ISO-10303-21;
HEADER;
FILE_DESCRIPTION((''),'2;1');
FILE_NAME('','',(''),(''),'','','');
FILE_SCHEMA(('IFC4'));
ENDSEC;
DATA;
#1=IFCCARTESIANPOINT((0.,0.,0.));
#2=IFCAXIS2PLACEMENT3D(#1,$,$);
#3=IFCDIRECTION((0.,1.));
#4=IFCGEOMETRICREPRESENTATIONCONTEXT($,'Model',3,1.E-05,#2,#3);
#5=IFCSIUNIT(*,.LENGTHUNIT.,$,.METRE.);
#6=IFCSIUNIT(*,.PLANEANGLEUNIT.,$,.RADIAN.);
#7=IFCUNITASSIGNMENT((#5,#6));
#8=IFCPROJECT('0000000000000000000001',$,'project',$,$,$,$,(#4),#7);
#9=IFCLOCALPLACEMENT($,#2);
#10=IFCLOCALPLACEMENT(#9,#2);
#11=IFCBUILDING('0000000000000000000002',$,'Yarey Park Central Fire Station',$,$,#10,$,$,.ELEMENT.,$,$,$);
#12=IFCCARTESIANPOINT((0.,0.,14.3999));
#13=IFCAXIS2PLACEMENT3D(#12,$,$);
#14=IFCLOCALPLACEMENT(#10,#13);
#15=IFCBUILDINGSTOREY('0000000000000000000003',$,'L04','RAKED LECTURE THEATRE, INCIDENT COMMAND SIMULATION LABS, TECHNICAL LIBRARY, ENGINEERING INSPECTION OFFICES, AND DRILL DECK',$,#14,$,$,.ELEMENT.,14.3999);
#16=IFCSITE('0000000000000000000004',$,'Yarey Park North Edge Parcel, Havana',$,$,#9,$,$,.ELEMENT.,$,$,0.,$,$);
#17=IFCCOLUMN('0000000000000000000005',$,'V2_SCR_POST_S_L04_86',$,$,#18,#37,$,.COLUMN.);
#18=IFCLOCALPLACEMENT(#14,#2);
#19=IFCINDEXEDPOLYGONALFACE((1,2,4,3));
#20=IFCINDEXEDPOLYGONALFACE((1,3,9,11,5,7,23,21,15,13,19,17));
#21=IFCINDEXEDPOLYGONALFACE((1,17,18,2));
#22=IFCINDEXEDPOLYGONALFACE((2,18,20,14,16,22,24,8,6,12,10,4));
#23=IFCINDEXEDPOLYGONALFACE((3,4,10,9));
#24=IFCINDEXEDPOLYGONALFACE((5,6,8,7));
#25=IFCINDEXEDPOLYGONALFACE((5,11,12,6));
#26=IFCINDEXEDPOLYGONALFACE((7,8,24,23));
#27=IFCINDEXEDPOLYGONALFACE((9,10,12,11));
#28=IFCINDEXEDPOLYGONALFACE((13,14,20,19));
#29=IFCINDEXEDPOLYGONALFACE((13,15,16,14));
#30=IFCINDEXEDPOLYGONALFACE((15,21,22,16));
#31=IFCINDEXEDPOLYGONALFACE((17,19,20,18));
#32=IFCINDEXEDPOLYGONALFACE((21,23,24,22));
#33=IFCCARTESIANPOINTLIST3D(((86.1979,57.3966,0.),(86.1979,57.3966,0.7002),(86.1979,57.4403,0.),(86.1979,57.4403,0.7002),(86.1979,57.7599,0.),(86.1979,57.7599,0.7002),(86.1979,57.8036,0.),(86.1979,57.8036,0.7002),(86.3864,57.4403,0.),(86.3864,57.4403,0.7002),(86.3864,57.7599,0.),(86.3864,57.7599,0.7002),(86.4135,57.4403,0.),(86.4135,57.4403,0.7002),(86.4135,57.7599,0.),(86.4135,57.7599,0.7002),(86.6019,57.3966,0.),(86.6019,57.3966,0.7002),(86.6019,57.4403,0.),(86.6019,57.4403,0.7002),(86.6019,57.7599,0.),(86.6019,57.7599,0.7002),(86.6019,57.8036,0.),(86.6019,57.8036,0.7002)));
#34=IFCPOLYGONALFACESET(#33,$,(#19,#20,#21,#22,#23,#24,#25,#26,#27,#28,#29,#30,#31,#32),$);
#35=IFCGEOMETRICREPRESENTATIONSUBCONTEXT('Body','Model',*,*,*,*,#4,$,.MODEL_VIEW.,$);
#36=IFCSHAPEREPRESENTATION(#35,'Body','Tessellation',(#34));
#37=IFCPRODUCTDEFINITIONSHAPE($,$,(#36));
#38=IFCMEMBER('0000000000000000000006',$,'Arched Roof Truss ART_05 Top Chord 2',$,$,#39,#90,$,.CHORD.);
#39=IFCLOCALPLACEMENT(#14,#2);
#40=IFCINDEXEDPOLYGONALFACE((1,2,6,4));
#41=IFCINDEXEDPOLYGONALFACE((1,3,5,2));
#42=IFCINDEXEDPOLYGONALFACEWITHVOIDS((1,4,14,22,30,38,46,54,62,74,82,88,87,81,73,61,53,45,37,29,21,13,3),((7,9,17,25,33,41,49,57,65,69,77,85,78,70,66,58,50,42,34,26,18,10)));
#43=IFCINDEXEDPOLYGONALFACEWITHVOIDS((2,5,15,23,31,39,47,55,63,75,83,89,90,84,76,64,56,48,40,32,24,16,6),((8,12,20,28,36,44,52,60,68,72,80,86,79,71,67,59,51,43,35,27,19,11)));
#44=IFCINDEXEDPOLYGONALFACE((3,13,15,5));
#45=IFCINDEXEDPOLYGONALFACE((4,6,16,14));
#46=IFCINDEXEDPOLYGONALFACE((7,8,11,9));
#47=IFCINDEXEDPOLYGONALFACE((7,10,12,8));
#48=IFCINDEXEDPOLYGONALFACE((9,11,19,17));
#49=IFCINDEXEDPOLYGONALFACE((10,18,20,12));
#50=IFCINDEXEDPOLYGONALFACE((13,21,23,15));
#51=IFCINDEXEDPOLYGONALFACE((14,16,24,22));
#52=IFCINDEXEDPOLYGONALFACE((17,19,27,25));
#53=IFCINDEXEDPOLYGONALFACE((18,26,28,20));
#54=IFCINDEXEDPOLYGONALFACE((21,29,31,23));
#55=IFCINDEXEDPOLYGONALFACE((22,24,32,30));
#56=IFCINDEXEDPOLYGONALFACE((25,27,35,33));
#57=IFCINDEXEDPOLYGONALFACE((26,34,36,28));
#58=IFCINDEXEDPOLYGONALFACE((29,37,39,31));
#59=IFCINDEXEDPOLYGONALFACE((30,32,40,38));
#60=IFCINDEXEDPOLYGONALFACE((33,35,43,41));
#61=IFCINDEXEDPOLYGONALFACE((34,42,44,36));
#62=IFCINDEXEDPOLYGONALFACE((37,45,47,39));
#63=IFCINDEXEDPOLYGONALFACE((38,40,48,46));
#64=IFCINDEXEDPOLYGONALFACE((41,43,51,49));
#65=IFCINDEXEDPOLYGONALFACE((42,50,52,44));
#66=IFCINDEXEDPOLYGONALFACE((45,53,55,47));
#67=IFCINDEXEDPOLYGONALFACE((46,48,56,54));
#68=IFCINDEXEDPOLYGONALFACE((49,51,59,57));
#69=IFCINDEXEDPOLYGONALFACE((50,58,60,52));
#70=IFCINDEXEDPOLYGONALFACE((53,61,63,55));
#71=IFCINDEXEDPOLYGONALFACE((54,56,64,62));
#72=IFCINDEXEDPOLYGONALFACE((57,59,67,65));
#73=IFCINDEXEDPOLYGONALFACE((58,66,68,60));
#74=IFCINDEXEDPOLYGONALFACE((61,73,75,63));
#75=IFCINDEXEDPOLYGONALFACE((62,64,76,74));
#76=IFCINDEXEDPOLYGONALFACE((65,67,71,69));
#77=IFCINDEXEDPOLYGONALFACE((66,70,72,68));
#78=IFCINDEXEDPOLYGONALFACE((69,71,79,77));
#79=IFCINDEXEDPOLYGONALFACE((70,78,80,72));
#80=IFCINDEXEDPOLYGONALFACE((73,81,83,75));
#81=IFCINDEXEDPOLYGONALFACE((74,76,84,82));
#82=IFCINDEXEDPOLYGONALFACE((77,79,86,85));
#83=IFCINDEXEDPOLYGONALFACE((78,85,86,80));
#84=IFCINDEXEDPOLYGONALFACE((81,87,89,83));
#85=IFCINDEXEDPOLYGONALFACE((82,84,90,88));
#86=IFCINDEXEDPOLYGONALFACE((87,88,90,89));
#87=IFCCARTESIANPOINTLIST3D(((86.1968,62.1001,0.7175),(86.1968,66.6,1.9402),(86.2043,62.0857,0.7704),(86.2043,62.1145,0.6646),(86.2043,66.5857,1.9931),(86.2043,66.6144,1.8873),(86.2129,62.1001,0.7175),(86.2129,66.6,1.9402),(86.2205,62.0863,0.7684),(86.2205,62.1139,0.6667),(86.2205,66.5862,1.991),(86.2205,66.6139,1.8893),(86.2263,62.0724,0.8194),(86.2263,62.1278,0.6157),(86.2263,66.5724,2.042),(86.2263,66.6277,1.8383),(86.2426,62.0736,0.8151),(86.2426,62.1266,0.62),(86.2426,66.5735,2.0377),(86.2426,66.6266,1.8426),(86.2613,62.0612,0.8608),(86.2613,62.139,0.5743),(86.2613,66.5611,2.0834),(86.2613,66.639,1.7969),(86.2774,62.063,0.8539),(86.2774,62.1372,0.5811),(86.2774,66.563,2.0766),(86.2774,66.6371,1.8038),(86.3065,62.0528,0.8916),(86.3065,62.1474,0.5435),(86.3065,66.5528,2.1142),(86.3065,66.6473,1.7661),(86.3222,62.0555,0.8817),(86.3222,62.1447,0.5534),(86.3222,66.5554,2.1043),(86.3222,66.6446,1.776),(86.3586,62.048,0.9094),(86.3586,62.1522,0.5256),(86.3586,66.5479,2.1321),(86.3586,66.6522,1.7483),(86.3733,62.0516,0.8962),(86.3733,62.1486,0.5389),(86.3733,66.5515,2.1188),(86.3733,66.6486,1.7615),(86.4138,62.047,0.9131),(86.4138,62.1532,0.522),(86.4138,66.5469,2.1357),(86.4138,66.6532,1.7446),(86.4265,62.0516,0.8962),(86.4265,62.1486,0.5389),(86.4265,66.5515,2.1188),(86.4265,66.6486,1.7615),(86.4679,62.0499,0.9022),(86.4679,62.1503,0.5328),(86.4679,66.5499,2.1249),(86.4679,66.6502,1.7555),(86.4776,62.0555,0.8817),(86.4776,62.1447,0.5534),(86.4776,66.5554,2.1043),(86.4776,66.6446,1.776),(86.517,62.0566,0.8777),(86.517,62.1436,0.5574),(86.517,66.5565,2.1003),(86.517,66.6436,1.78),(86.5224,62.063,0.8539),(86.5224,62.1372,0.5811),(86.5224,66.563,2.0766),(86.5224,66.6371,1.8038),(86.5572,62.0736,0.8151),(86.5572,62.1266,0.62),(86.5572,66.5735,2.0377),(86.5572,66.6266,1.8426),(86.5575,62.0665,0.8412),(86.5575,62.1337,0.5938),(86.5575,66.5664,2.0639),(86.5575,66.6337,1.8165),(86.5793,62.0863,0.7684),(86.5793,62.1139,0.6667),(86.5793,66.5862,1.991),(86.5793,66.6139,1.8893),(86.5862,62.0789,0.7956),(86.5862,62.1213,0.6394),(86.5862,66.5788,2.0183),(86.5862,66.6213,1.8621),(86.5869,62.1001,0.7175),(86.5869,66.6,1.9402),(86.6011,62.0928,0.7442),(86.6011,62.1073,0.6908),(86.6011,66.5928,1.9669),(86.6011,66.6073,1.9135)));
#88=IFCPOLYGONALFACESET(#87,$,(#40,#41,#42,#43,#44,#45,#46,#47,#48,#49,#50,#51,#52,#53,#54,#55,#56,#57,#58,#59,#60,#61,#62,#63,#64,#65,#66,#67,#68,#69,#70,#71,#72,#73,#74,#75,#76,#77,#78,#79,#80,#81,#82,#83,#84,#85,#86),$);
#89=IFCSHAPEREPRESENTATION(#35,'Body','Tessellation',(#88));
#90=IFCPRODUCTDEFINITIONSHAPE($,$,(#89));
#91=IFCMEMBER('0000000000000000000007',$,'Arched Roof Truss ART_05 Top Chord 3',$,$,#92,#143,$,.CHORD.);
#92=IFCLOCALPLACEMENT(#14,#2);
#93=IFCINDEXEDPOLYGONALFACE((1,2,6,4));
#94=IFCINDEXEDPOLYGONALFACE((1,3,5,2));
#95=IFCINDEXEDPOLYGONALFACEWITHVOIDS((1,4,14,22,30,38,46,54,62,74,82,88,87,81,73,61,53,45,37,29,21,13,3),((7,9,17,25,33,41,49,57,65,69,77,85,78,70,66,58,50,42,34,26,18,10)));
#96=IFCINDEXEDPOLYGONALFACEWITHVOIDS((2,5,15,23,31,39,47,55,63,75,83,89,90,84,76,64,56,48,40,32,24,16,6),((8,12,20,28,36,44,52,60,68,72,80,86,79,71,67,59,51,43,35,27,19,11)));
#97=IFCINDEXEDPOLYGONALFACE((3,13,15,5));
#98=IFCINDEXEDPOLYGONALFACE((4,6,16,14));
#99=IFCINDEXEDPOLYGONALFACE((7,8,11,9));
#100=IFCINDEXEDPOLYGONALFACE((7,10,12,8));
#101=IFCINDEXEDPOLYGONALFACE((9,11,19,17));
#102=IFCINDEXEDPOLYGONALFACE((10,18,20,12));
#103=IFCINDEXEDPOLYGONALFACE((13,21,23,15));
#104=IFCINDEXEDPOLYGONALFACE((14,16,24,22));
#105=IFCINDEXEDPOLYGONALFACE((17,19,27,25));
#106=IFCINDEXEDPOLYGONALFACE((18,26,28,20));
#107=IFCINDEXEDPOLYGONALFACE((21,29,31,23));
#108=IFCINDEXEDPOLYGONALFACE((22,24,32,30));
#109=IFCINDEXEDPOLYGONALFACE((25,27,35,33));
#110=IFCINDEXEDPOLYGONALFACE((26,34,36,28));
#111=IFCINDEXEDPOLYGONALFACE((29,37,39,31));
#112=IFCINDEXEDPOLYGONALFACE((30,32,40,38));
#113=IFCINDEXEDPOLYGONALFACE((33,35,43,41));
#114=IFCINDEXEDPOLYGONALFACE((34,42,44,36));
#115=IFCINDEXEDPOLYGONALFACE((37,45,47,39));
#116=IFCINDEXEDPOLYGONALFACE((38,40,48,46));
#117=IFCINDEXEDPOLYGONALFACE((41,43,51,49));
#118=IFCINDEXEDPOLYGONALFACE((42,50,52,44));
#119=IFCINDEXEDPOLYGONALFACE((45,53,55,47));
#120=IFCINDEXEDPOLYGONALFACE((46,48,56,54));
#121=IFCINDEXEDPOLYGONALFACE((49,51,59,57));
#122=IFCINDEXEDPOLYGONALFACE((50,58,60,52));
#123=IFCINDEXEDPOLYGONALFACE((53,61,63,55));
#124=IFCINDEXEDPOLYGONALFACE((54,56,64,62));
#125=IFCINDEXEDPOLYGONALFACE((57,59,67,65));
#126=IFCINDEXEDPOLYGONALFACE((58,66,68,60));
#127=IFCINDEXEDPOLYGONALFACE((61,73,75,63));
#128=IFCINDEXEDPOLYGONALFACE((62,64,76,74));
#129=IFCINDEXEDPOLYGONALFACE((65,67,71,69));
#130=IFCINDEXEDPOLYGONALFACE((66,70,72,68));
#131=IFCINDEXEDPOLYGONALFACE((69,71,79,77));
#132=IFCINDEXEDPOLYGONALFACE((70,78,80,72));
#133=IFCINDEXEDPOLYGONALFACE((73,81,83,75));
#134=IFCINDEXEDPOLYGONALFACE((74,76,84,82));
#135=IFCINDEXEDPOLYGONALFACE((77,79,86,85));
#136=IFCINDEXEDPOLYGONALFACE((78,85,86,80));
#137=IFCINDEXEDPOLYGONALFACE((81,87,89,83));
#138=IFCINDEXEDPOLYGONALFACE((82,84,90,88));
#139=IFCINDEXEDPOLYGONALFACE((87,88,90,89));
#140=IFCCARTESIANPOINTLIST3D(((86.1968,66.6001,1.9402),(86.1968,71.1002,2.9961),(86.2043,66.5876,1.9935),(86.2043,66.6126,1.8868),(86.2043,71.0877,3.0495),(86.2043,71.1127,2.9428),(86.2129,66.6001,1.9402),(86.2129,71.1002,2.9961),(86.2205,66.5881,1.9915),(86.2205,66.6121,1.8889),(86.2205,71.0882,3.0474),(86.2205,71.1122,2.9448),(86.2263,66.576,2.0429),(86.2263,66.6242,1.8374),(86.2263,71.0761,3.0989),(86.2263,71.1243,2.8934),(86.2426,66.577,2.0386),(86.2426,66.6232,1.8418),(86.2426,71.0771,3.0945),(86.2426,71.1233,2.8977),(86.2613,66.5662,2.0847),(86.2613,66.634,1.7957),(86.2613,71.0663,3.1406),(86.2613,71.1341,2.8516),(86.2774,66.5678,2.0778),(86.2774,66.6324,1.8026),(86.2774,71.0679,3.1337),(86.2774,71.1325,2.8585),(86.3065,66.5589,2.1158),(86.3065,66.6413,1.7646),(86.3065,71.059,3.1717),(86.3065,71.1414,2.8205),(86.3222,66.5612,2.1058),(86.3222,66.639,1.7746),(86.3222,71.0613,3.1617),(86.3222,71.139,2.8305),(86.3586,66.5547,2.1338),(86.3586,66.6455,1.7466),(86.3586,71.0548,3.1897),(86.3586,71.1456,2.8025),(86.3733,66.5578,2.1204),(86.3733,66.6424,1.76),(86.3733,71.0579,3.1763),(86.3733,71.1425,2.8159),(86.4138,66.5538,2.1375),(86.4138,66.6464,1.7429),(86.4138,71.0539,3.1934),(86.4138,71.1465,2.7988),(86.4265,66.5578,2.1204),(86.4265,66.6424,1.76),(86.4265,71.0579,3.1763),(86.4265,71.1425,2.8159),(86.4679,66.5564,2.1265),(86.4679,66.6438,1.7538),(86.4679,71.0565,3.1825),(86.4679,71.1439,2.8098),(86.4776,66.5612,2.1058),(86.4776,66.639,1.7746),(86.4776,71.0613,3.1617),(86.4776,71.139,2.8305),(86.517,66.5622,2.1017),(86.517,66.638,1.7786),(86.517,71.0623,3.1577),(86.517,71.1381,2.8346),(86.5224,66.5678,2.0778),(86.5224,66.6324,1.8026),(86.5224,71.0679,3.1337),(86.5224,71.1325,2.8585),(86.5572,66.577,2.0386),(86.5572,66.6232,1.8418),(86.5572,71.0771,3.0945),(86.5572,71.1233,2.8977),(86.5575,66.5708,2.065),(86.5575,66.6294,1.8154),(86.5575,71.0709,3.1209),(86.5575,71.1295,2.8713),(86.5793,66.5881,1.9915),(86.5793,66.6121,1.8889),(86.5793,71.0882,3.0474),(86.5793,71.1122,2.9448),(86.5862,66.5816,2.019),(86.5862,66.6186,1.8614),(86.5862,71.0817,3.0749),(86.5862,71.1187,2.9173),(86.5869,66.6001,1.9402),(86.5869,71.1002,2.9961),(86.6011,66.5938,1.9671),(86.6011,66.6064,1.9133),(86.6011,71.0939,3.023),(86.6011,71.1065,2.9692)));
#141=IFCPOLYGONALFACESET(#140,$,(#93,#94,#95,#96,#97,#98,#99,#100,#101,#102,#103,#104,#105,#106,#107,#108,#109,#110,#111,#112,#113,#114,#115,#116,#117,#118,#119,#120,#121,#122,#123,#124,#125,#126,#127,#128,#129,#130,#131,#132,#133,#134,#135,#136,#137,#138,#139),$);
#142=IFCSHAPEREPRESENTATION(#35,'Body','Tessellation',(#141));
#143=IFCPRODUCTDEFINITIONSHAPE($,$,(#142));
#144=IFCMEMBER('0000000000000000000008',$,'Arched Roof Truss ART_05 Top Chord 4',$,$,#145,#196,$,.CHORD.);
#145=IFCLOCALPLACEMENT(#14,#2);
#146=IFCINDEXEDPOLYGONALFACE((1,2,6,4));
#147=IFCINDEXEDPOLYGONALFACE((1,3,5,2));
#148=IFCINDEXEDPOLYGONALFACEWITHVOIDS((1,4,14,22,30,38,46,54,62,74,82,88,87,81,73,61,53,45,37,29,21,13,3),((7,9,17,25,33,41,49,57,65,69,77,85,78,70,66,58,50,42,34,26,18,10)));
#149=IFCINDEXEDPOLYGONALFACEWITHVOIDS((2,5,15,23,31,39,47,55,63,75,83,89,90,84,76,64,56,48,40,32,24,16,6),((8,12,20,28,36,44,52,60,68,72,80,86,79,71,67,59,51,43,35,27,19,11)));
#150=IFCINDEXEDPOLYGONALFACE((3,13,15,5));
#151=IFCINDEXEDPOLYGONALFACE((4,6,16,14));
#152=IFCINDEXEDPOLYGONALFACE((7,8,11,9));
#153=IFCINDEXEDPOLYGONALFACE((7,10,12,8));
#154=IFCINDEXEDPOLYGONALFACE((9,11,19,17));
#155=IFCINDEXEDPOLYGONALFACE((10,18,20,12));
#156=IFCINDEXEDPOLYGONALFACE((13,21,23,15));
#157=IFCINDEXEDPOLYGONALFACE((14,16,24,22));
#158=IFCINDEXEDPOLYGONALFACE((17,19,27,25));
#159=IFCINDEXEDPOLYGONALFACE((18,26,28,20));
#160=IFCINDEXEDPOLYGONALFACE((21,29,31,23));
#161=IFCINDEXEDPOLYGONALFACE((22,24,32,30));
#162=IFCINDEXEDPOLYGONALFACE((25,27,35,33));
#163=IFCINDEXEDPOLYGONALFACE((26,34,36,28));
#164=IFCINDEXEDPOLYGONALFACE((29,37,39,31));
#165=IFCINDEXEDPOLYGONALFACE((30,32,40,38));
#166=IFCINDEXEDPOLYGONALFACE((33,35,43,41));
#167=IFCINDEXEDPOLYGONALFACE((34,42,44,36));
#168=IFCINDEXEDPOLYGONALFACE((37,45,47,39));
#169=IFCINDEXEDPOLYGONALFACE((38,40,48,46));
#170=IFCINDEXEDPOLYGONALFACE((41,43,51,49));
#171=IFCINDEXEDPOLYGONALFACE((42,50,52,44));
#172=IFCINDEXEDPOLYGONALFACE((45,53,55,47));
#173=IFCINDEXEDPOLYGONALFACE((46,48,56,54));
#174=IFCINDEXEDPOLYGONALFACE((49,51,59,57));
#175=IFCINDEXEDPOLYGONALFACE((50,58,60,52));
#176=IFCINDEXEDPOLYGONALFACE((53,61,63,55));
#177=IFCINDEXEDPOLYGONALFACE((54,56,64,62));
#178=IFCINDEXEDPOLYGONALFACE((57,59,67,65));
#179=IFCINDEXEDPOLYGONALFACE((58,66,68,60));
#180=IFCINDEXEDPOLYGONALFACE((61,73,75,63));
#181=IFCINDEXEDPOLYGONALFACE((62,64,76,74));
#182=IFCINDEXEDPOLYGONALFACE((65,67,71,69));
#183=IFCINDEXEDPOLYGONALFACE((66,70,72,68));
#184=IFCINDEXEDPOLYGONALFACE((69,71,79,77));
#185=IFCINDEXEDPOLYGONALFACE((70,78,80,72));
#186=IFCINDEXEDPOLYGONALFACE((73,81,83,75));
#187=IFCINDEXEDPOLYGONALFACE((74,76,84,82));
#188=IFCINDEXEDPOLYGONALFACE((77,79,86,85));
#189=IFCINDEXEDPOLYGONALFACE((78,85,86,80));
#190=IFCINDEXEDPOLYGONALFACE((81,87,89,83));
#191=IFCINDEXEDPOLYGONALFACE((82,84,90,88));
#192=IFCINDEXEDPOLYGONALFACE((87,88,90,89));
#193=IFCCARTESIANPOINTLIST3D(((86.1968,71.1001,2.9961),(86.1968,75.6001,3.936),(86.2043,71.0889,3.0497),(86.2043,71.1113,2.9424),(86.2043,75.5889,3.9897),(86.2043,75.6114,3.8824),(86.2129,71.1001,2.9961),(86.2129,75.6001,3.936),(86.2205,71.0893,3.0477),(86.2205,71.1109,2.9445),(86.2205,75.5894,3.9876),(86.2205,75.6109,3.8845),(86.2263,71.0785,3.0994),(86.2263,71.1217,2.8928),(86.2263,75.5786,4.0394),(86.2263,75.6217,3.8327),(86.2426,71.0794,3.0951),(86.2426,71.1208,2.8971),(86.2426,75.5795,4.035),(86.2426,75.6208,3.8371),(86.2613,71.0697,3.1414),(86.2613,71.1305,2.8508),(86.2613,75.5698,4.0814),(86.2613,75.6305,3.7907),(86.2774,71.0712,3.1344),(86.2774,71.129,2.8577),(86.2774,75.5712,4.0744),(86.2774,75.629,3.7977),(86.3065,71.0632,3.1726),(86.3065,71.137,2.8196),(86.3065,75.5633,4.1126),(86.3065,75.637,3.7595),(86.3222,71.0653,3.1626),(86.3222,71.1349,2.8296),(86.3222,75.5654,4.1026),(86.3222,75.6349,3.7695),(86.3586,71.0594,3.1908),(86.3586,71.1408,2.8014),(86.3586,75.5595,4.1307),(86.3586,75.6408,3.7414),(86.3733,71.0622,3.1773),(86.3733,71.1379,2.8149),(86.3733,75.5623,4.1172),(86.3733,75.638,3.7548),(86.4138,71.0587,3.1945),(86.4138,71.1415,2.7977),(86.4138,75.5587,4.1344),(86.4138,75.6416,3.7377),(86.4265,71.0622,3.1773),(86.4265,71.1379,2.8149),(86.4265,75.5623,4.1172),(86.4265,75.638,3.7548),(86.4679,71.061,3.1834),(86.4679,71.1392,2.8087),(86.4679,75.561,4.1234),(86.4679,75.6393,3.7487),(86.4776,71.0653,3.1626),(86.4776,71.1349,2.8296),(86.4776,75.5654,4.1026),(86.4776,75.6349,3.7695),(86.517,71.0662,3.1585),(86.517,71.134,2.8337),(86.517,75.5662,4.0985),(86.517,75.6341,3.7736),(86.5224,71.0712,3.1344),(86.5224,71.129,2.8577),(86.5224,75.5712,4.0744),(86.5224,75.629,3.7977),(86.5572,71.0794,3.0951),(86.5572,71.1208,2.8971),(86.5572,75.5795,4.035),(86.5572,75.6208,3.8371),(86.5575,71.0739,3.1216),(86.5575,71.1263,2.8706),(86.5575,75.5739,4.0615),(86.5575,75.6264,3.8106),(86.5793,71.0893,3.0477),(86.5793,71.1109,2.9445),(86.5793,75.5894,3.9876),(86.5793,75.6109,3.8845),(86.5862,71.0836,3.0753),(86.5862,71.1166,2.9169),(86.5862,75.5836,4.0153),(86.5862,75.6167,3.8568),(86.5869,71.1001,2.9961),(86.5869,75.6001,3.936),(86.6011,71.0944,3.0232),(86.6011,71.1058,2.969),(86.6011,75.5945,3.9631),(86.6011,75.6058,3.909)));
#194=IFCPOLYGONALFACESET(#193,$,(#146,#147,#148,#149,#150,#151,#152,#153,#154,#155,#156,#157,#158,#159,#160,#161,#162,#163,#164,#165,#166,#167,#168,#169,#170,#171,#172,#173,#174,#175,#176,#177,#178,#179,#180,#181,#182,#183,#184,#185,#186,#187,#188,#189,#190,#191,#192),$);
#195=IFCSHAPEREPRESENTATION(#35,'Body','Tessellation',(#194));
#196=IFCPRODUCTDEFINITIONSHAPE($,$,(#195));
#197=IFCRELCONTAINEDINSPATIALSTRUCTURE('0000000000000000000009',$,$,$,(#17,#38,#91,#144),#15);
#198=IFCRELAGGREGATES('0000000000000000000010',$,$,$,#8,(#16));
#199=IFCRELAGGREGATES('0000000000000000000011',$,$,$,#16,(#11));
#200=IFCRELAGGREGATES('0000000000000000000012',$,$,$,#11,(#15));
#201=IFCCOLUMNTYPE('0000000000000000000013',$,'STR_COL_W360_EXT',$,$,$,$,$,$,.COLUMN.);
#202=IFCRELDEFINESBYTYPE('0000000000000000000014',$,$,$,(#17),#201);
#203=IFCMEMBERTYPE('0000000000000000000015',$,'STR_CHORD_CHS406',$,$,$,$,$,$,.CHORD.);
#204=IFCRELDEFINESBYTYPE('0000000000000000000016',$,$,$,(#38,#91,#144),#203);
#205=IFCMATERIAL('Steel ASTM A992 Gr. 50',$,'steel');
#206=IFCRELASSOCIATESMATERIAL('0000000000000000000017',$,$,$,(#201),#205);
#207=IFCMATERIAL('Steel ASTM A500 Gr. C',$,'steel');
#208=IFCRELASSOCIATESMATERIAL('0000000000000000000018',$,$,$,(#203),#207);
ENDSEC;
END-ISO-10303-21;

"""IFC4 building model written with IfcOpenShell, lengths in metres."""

from ifc_helpers import new_model, si_unit, direction, frame, origin, origin_2d, place, context, subcontext, project, spatial, hollow_circle, i_section, extrude, material, material_profile, profile_set, type_object, element, save


model = new_model("IFC4")

# Units and contexts
model_context = context("Model", 3, precision=1e-05, world=origin(), true_north=direction((0.0, 1.0)))
body_context = subcontext(model_context, "Body", "Model", "MODEL_VIEW")
ifc_project = project(units=[si_unit("LENGTHUNIT", "METRE"), si_unit("PLANEANGLEUNIT", "RADIAN")], contexts=[model_context])

# Site, building, storey
site_placement = place(None, origin())
site = spatial("IfcSite", under=ifc_project, at=site_placement, Name="Yarey Park North Edge Parcel, Havana", CompositionType="ELEMENT", RefElevation=0.0)
building_placement = place(site_placement, origin())
building = spatial("IfcBuilding", under=site, at=building_placement, Name="Yarey Park Central Fire Station", CompositionType="ELEMENT")
storey_placement = place(building_placement, frame((0.0, 0.0, 14.3999)))
storey = spatial("IfcBuildingStorey", under=building, at=storey_placement, Name="L04", Description="RAKED LECTURE THEATRE, INCIDENT COMMAND SIMULATION LABS, TECHNICAL LIBRARY, ENGINEERING INSPECTION OFFICES, AND DRILL DECK", CompositionType="ELEMENT", Elevation=14.3999)

# Column
ifc_material_1 = material(Name="Steel ASTM A992 Gr. 50", Category="steel")
ifc_material_profile_1 = material_profile(ifc_material_1, i_section(OverallWidth=0.4041, OverallDepth=0.407, WebThickness=0.0271, FlangeThickness=0.0437, at=origin_2d()), Name="W360x347")
ifc_profile_set_1 = profile_set([ifc_material_profile_1], Name="Steel ASTM A992 Gr. 50")
column_type = type_object("IfcColumnType", Name="STR_COL_W360_EXT", PredefinedType="COLUMN", material=ifc_profile_set_1)
column_placement = place(storey_placement, frame((86.3999, 57.6001, 0.0), z_axis=(0.0, 0.0, 1.0), x_axis=(1.0, 0.0, 0.0)))
element("IfcColumn", 1, at=column_placement, inside=storey, type_object=column_type, Name="V2_SCR_POST_S_L04_86", PredefinedType="COLUMN", context=body_context, shape_type="SweptSolid", body=[
    extrude(i_section(OverallWidth=0.4041, OverallDepth=0.407, WebThickness=0.0271, FlangeThickness=0.0437, at=origin_2d()), origin(), (0.0, 0.0, 1.0), 0.7002),
])

# Members
ifc_material_2 = material(Name="Steel ASTM A500 Gr. C", Category="steel")
ifc_material_profile_2 = material_profile(ifc_material_2, hollow_circle(Radius=0.2031, WallThickness=0.0161, at=origin_2d()), Name="CHS 406.4x16")
ifc_profile_set_2 = profile_set([ifc_material_profile_2], Name="Steel ASTM A500 Gr. C")
member_type_1 = type_object("IfcMemberType", Name="STR_CHORD_CHS406", PredefinedType="CHORD", material=ifc_profile_set_2)
member_1_placement = place(storey_placement, frame((86.3999, 62.1001, 0.7175), z_axis=(0.0, 0.965015, 0.262196), x_axis=(-1.0, 0.0, 0.0)))
element("IfcMember", 2, at=member_1_placement, inside=storey, type_object=member_type_1, Name="Arched Roof Truss ART_05 Top Chord 2", PredefinedType="CHORD", context=body_context, shape_type="SweptSolid", body=[
    extrude(hollow_circle(Radius=0.2031, WallThickness=0.0161, at=origin_2d()), origin(), (0.0, 0.0, 1.0), 4.6631),
])
member_2_placement = place(storey_placement, frame((86.3999, 66.6001, 1.9402), z_axis=(0.0, 0.973558, 0.228442), x_axis=(-1.0, 0.0, 0.0)))
element("IfcMember", 3, at=member_2_placement, inside=storey, type_object=member_type_1, Name="Arched Roof Truss ART_05 Top Chord 3", PredefinedType="CHORD", context=body_context, shape_type="SweptSolid", body=[
    extrude(hollow_circle(Radius=0.2031, WallThickness=0.0161, at=origin_2d()), origin(), (0.0, 0.0, 1.0), 4.6223),
])
member_3_placement = place(storey_placement, frame((86.3999, 71.1001, 2.9961), z_axis=(0.0, 0.978874, 0.204463), x_axis=(-1.0, 0.0, 0.0)))
element("IfcMember", 4, at=member_3_placement, inside=storey, type_object=member_type_1, Name="Arched Roof Truss ART_05 Top Chord 4", PredefinedType="CHORD", context=body_context, shape_type="SweptSolid", body=[
    extrude(hollow_circle(Radius=0.2031, WallThickness=0.0161, at=origin_2d()), origin(), (0.0, 0.0, 1.0), 4.5972),
])

save(model, "model.ifc")
